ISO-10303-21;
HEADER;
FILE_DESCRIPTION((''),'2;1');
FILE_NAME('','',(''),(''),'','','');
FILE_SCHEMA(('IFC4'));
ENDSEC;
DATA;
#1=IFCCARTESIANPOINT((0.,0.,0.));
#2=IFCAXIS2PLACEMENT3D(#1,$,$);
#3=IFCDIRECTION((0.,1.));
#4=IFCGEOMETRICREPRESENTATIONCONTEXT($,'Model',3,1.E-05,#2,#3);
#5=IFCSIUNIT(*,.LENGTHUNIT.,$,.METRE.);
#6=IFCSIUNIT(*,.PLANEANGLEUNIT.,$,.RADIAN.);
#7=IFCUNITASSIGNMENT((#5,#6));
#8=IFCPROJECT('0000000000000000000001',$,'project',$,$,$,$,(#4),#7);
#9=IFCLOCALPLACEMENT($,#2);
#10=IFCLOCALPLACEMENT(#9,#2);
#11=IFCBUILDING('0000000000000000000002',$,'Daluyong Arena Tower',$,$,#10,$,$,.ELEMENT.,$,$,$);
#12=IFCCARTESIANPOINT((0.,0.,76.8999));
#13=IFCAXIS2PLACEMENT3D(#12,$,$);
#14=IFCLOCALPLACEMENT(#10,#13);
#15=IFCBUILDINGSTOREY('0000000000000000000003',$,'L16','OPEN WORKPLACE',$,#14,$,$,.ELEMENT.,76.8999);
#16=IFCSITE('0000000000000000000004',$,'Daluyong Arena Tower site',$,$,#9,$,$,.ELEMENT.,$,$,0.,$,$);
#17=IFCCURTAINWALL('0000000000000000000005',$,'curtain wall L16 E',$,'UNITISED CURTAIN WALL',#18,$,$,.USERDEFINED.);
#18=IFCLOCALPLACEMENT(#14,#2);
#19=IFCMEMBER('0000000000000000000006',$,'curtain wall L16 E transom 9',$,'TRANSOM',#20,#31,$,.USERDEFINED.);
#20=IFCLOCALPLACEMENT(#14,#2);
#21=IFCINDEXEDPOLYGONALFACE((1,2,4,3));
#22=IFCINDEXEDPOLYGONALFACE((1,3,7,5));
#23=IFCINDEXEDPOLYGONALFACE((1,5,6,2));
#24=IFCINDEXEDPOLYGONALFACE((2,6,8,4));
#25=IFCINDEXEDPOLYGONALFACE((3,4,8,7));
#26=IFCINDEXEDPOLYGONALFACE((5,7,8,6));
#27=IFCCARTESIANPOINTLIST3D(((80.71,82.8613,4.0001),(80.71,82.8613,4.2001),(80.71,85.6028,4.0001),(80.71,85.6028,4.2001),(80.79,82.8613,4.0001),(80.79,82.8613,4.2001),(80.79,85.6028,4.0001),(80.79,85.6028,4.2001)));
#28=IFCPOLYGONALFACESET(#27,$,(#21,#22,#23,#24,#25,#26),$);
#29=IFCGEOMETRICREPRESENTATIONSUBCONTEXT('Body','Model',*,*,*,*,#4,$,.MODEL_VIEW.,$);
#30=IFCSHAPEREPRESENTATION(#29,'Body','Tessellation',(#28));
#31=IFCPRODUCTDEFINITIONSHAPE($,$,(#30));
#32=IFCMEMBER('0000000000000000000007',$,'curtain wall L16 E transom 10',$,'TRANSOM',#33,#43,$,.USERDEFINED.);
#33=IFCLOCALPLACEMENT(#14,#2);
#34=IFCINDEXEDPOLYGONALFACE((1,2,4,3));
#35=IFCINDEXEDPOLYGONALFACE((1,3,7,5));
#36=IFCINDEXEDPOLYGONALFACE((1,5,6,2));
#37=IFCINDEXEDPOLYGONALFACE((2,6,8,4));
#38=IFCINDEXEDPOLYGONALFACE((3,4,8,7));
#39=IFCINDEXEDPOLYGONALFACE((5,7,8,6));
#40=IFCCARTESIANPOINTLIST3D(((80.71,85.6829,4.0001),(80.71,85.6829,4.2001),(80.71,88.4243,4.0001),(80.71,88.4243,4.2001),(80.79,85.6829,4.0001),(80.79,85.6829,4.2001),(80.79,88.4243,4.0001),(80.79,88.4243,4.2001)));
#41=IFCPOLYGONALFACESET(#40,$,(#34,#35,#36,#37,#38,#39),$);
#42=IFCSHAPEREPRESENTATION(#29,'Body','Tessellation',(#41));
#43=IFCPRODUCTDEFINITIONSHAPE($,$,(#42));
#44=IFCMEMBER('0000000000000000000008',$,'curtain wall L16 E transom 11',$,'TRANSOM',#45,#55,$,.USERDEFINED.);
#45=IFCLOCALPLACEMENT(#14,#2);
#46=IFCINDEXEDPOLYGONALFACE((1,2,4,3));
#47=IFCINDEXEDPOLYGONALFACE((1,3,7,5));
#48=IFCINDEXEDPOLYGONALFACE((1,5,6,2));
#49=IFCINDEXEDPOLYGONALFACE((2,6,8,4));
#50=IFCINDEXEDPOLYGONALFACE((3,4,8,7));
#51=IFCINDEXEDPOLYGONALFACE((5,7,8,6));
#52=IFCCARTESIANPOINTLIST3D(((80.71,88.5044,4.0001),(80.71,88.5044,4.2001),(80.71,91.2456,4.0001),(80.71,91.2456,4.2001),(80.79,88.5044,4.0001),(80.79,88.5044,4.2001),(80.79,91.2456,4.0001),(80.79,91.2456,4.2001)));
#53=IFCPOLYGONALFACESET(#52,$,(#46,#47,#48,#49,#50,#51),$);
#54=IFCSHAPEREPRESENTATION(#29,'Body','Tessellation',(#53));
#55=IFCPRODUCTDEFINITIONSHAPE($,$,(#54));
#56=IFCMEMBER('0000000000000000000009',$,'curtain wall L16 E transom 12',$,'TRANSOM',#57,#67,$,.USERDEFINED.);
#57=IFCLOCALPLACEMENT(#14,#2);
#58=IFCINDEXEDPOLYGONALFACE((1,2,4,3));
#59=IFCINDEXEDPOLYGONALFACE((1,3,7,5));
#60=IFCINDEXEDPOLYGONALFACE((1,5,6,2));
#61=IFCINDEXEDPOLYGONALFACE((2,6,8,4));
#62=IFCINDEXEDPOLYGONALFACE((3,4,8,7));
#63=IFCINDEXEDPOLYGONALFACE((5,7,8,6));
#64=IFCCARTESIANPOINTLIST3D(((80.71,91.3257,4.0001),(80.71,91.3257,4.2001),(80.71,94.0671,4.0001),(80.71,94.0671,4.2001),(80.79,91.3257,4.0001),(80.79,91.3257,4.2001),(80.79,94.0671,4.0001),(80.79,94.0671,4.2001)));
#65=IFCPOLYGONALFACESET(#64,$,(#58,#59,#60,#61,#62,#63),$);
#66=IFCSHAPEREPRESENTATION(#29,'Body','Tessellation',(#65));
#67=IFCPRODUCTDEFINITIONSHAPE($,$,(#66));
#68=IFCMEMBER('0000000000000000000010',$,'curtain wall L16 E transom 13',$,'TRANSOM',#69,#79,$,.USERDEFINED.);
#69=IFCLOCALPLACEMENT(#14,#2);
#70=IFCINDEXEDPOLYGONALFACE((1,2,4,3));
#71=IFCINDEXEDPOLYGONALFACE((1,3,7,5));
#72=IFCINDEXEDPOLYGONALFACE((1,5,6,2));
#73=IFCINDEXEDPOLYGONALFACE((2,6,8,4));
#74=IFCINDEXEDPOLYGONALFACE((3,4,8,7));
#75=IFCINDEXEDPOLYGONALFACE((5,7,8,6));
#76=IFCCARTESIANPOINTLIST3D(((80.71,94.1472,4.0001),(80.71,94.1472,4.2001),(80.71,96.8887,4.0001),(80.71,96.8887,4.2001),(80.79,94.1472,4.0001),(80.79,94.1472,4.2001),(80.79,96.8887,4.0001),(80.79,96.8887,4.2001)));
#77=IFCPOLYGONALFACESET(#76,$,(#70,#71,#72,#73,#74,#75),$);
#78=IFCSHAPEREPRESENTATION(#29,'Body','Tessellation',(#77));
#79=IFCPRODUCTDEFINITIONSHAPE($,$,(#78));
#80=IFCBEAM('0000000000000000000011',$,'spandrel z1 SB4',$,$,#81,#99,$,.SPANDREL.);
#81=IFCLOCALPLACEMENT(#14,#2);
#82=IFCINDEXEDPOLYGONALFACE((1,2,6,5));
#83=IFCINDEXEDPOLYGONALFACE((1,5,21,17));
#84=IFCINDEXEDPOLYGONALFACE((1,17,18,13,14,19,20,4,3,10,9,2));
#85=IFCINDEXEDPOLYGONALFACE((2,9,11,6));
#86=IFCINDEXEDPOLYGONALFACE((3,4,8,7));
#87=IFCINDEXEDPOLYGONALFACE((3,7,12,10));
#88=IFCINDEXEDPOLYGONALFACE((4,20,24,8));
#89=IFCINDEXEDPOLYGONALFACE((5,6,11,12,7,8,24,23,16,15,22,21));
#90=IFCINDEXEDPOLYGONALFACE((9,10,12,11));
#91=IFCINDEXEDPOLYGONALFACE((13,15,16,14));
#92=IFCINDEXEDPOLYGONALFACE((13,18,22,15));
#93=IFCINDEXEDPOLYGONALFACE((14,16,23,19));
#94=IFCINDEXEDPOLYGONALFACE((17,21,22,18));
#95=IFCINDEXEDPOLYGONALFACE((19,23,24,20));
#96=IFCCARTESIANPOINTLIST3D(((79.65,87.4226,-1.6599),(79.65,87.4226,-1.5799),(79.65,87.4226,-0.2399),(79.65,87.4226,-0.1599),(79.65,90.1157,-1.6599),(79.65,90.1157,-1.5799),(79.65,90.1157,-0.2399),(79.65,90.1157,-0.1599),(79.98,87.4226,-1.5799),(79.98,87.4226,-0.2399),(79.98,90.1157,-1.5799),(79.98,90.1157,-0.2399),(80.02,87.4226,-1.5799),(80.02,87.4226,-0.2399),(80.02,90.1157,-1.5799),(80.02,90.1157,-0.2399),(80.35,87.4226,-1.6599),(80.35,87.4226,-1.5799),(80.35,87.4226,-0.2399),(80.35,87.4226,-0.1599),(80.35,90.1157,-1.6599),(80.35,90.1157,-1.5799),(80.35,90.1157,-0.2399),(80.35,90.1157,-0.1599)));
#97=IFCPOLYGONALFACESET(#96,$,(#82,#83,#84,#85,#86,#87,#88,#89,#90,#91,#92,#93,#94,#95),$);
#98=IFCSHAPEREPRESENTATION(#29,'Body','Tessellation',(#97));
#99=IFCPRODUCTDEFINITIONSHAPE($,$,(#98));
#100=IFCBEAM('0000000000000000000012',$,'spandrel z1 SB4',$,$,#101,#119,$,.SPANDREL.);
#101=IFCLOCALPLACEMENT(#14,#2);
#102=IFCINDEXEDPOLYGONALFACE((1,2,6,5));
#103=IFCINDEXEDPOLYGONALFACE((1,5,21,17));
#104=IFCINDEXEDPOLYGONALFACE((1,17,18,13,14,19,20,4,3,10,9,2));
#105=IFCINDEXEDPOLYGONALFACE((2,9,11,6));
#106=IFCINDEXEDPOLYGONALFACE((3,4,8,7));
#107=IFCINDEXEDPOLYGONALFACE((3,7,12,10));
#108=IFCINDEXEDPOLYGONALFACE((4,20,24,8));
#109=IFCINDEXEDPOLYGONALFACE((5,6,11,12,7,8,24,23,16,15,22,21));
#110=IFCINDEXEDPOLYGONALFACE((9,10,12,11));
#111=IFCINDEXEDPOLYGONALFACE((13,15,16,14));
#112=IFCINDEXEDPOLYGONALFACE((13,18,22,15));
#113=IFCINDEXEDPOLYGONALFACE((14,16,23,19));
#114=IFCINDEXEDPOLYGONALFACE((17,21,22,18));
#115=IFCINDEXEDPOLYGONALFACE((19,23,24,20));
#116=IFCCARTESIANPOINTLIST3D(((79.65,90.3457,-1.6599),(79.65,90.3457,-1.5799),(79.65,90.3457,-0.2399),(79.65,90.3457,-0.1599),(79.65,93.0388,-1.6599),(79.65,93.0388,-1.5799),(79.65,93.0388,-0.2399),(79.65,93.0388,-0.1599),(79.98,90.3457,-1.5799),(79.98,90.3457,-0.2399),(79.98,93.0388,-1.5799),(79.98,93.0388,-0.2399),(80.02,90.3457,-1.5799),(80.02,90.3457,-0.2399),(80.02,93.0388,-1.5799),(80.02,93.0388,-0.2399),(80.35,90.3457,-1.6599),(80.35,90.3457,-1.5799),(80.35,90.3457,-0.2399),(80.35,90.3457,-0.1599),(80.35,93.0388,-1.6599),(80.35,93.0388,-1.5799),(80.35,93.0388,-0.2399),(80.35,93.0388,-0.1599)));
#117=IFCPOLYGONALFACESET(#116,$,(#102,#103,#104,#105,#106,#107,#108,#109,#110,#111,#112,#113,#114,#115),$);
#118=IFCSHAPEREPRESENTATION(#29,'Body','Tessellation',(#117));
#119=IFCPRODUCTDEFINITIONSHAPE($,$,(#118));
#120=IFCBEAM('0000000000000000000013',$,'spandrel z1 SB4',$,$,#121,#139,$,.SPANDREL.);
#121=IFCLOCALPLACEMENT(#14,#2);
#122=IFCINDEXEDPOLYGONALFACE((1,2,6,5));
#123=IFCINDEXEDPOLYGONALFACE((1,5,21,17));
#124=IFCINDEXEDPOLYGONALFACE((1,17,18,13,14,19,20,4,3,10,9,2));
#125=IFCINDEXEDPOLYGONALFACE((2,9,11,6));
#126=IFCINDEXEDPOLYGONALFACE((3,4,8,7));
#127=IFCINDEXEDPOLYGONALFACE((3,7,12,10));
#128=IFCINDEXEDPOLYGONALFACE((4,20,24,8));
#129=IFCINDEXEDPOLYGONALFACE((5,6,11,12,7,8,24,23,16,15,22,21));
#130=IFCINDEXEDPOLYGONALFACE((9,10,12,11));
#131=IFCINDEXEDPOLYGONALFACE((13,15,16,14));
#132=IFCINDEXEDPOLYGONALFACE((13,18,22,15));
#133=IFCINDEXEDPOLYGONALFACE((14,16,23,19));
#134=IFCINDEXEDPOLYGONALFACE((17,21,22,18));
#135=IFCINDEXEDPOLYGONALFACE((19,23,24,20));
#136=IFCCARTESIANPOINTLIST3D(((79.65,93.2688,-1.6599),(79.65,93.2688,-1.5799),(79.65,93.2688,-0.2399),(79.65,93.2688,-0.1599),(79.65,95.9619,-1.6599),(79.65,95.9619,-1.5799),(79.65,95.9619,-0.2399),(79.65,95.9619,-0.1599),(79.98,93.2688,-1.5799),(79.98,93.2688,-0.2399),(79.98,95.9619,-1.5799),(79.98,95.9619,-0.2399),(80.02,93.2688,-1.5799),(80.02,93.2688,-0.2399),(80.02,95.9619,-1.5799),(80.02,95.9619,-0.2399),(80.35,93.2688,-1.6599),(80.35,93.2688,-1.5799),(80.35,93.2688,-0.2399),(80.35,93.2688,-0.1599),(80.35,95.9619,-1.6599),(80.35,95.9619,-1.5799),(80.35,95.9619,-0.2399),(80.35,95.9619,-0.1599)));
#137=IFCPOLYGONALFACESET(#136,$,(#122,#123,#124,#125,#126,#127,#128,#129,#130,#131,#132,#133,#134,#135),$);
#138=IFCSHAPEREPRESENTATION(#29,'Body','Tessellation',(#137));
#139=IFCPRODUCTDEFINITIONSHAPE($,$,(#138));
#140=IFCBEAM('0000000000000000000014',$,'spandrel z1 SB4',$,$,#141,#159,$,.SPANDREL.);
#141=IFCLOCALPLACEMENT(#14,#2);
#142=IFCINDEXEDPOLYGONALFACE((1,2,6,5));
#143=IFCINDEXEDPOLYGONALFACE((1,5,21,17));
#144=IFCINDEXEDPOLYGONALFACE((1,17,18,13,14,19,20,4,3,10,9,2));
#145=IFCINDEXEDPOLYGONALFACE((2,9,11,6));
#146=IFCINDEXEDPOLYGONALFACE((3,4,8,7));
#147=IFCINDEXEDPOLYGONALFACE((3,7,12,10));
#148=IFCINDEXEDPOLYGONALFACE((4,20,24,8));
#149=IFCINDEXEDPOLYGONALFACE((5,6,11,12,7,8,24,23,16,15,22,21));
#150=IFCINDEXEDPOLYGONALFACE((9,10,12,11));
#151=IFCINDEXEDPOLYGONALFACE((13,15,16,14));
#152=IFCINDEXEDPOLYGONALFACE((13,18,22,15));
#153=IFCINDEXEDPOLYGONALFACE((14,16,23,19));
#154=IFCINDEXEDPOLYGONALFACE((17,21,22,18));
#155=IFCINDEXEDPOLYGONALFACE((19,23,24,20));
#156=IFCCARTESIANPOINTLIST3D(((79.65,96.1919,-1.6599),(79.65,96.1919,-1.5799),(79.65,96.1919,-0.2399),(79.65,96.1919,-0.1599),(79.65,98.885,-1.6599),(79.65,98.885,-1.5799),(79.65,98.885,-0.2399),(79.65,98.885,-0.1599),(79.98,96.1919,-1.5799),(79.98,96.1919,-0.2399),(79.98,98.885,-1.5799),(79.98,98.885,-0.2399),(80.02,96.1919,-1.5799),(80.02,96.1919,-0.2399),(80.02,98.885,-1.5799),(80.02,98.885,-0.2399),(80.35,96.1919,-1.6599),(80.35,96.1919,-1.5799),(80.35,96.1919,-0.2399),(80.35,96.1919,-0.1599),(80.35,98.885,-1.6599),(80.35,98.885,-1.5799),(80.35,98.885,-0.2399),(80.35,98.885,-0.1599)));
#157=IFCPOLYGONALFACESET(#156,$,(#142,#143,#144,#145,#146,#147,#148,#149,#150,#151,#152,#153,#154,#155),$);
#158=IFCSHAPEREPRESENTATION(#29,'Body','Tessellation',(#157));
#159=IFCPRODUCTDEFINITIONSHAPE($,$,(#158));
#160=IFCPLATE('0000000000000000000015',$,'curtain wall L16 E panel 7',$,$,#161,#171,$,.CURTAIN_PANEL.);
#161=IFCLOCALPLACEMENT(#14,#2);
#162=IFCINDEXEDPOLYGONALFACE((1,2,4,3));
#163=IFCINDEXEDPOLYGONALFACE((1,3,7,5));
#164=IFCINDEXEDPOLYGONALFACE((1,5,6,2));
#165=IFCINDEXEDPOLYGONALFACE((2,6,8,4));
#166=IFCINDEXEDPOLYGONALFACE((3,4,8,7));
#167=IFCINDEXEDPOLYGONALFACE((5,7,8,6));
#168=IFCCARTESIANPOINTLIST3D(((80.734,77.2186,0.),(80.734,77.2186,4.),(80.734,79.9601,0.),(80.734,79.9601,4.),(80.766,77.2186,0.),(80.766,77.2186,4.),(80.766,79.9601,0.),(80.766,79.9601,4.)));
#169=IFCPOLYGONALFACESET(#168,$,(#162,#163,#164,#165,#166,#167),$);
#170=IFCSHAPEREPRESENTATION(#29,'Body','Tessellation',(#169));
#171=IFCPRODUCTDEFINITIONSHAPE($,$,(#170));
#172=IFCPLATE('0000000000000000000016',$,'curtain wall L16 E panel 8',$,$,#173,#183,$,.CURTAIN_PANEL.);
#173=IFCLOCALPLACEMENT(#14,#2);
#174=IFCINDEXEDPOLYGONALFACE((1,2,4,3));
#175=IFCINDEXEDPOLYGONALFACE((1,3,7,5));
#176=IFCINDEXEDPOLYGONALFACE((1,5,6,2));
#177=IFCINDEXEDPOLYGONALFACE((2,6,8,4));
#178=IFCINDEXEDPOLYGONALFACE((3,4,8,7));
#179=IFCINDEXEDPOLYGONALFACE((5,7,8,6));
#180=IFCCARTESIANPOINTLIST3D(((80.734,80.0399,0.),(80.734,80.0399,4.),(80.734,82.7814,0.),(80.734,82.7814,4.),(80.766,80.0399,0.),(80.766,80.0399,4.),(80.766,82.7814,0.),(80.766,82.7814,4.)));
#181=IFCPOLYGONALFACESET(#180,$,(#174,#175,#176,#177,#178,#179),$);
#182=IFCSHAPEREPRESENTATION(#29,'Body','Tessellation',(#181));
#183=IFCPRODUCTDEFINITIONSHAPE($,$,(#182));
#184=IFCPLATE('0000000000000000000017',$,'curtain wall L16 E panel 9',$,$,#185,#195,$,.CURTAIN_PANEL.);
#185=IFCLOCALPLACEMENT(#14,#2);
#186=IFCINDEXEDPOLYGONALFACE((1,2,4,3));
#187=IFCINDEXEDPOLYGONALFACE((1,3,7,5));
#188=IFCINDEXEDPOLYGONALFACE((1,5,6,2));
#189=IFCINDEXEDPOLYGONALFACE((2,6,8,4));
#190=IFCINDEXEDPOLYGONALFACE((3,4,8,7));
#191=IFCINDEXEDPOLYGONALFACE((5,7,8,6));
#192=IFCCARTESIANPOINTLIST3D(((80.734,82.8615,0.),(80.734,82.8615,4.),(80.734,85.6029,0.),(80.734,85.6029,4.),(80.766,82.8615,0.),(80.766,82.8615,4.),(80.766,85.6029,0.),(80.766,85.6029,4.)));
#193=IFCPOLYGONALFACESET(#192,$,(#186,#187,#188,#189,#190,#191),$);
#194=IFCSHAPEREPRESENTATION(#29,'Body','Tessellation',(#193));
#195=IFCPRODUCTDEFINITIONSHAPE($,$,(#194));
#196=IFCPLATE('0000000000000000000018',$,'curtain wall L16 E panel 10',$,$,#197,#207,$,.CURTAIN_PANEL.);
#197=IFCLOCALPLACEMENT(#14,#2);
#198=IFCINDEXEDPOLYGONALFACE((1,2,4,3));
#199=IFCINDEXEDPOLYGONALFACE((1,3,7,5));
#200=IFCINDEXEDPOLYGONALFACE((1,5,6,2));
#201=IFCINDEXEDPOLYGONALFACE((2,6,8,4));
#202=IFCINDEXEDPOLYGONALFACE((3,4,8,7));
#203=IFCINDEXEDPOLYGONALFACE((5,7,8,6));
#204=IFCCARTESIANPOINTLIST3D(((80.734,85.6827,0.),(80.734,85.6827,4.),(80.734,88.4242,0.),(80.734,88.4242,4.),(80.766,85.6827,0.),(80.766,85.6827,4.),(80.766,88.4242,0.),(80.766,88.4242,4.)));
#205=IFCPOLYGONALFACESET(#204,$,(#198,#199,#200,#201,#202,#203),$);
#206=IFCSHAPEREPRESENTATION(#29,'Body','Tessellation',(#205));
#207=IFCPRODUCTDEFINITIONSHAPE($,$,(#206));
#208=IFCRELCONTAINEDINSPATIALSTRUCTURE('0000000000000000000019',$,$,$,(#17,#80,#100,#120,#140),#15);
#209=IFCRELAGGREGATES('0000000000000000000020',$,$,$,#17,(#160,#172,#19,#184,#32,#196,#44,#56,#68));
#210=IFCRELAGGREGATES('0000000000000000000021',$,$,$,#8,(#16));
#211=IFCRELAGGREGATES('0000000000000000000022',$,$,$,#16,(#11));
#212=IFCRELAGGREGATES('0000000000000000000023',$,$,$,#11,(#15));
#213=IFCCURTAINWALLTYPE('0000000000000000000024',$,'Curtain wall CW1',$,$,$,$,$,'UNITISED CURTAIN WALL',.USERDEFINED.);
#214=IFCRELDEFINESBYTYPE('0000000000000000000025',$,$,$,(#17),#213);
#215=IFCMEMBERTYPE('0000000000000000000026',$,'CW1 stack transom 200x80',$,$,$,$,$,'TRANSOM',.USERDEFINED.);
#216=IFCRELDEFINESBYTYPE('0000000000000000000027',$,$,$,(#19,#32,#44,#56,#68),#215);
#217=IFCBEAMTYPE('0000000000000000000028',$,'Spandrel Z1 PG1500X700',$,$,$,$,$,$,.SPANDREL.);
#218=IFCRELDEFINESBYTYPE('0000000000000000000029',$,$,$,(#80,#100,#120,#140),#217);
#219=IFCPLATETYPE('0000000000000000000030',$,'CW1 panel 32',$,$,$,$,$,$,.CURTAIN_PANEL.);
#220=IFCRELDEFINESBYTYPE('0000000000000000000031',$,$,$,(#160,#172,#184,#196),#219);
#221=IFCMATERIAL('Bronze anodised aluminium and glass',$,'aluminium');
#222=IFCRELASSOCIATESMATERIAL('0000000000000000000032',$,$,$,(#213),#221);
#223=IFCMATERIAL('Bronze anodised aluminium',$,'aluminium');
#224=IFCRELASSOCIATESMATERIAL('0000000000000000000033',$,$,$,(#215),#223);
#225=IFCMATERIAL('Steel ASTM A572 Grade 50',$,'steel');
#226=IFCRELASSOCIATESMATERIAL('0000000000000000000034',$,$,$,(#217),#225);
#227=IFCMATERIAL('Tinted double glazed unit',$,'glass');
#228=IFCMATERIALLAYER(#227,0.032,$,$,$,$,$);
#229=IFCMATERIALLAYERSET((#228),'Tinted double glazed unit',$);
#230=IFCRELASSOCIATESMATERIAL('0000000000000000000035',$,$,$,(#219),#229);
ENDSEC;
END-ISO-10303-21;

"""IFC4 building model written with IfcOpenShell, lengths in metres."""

from ifc_helpers import new_model, si_unit, direction, frame, origin, origin_2d, place, context, subcontext, project, spatial, rectangle, i_section, extrude, material, layer, layer_set, material_profile, profile_set, type_object, element, aggregate, save


model = new_model("IFC4")

# Units and contexts
model_context = context("Model", 3, precision=1e-05, world=origin(), true_north=direction((0.0, 1.0)))
body_context = subcontext(model_context, "Body", "Model", "MODEL_VIEW")
ifc_project = project(units=[si_unit("LENGTHUNIT", "METRE"), si_unit("PLANEANGLEUNIT", "RADIAN")], contexts=[model_context])

# Site, building, storey
site_placement = place(None, origin())
site = spatial("IfcSite", under=ifc_project, at=site_placement, Name="Daluyong Arena Tower site", CompositionType="ELEMENT", RefElevation=0.0)
building_placement = place(site_placement, origin())
building = spatial("IfcBuilding", under=site, at=building_placement, Name="Daluyong Arena Tower", CompositionType="ELEMENT")
storey_placement = place(building_placement, frame((0.0, 0.0, 76.8999)))
storey = spatial("IfcBuildingStorey", under=building, at=storey_placement, Name="L16", Description="OPEN WORKPLACE", CompositionType="ELEMENT", Elevation=76.8999)

# Curtain wall, members
ifc_material_1 = material(Name="Bronze anodised aluminium and glass", Category="aluminium")
curtain_wall_type = type_object("IfcCurtainWallType", Name="Curtain wall CW1", ElementType="UNITISED CURTAIN WALL", PredefinedType="USERDEFINED", material=ifc_material_1)
curtain_wall_placement = place(storey_placement, origin())
curtain_wall = element("IfcCurtainWall", 1, at=curtain_wall_placement, inside=storey, type_object=curtain_wall_type, Name="curtain wall L16 E", ObjectType="UNITISED CURTAIN WALL", PredefinedType="USERDEFINED")
ifc_material_2 = material(Name="Bronze anodised aluminium", Category="aluminium")
ifc_material_profile_1 = material_profile(ifc_material_2, rectangle(XDim=0.0801, YDim=0.2, at=origin_2d()))
ifc_profile_set_1 = profile_set([ifc_material_profile_1], Name="Bronze anodised aluminium")
member_type_1 = type_object("IfcMemberType", Name="CW1 stack transom 200x80", ElementType="TRANSOM", PredefinedType="USERDEFINED", material=ifc_profile_set_1)
member_1_placement = place(storey_placement, frame((80.75, 82.8613, 4.1001), z_axis=(0.0, 1.0, 0.0), x_axis=(-1.0, 0.0, 0.0)))
member_1 = element("IfcMember", 2, at=member_1_placement, type_object=member_type_1, Name="curtain wall L16 E transom 9", ObjectType="TRANSOM", PredefinedType="USERDEFINED", context=body_context, shape_type="SweptSolid", body=[
    extrude(rectangle(XDim=0.0801, YDim=0.2, at=origin_2d()), origin(), (0.0, 0.0, 1.0), 2.7415),
])
member_2_placement = place(storey_placement, frame((80.75, 85.6829, 4.1001), z_axis=(0.0, 1.0, 0.0), x_axis=(-1.0, 0.0, 0.0)))
member_2 = element("IfcMember", 3, at=member_2_placement, type_object=member_type_1, Name="curtain wall L16 E transom 10", ObjectType="TRANSOM", PredefinedType="USERDEFINED", context=body_context, shape_type="SweptSolid", body=[
    extrude(rectangle(XDim=0.0801, YDim=0.2, at=origin_2d()), origin(), (0.0, 0.0, 1.0), 2.7415),
])
member_3_placement = place(storey_placement, frame((80.75, 88.5044, 4.1001), z_axis=(0.0, 1.0, 0.0), x_axis=(-1.0, 0.0, 0.0)))
member_3 = element("IfcMember", 4, at=member_3_placement, type_object=member_type_1, Name="curtain wall L16 E transom 11", ObjectType="TRANSOM", PredefinedType="USERDEFINED", context=body_context, shape_type="SweptSolid", body=[
    extrude(rectangle(XDim=0.0801, YDim=0.2, at=origin_2d()), origin(), (0.0, 0.0, 1.0), 2.7412),
])
member_4_placement = place(storey_placement, frame((80.75, 91.3257, 4.1001), z_axis=(0.0, 1.0, 0.0), x_axis=(-1.0, 0.0, 0.0)))
member_4 = element("IfcMember", 5, at=member_4_placement, type_object=member_type_1, Name="curtain wall L16 E transom 12", ObjectType="TRANSOM", PredefinedType="USERDEFINED", context=body_context, shape_type="SweptSolid", body=[
    extrude(rectangle(XDim=0.0801, YDim=0.2, at=origin_2d()), origin(), (0.0, 0.0, 1.0), 2.7415),
])
member_5_placement = place(storey_placement, frame((80.75, 94.1472, 4.1001), z_axis=(0.0, 1.0, 0.0), x_axis=(-1.0, 0.0, 0.0)))
member_5 = element("IfcMember", 6, at=member_5_placement, type_object=member_type_1, Name="curtain wall L16 E transom 13", ObjectType="TRANSOM", PredefinedType="USERDEFINED", context=body_context, shape_type="SweptSolid", body=[
    extrude(rectangle(XDim=0.0801, YDim=0.2, at=origin_2d()), origin(), (0.0, 0.0, 1.0), 2.7415),
])

# Beams
ifc_material_3 = material(Name="Steel ASTM A572 Grade 50", Category="steel")
ifc_material_profile_2 = material_profile(ifc_material_3, i_section(OverallWidth=0.7, OverallDepth=1.5, WebThickness=0.04, FlangeThickness=0.08, at=origin_2d()))
ifc_profile_set_2 = profile_set([ifc_material_profile_2], Name="Steel ASTM A572 Grade 50")
beam_type = type_object("IfcBeamType", Name="Spandrel Z1 PG1500X700", PredefinedType="SPANDREL", material=ifc_profile_set_2)
for number, where, z_axis, x_axis, name in (
    (7, (80.0, 87.4226, -0.9099), (0.0, 1.0, 0.0), (-1.0, 0.0, 0.0), "spandrel z1 SB4"),
    (8, (80.0, 90.3457, -0.9099), (0.0, 1.0, 0.0), (-1.0, 0.0, 0.0), "spandrel z1 SB4"),
    (9, (80.0, 93.2688, -0.9099), (0.0, 1.0, 0.0), (-1.0, 0.0, 0.0), "spandrel z1 SB4"),
    (10, (80.0, 96.1919, -0.9099), (0.0, 1.0, 0.0), (-1.0, 0.0, 0.0), "spandrel z1 SB4"),
):
    element("IfcBeam", number, at=place(storey_placement, frame(where, z_axis=z_axis, x_axis=x_axis)), inside=storey, type_object=beam_type, Name=name, PredefinedType="SPANDREL", context=body_context, shape_type="SweptSolid", body=[
        extrude(i_section(OverallWidth=0.7, OverallDepth=1.5, WebThickness=0.04, FlangeThickness=0.08, at=origin_2d()), origin(), (0.0, 0.0, 1.0), 2.6931),
    ])

# Plates
ifc_material_4 = material(Name="Tinted double glazed unit", Category="glass")
ifc_layer = layer(ifc_material_4, 0.032)
ifc_layer_set = layer_set([ifc_layer], Name="Tinted double glazed unit")
plate_type = type_object("IfcPlateType", Name="CW1 panel 32", PredefinedType="CURTAIN_PANEL", material=ifc_layer_set)
plate_1_placement = place(storey_placement, frame((80.75, 78.5894, 0.0), z_axis=(0.0, 0.0, 1.0), x_axis=(0.0, 1.0, 0.0)))
plate_1 = element("IfcPlate", 11, at=plate_1_placement, type_object=plate_type, Name="curtain wall L16 E panel 7", PredefinedType="CURTAIN_PANEL", context=body_context, shape_type="SweptSolid", body=[
    extrude(rectangle(XDim=2.7415, YDim=0.032, at=origin_2d()), origin(), (0.0, 0.0, 1.0), 4.0),
])
plate_2_placement = place(storey_placement, frame((80.75, 81.4106, 0.0), z_axis=(0.0, 0.0, 1.0), x_axis=(0.0, 1.0, 0.0)))
plate_2 = element("IfcPlate", 12, at=plate_2_placement, type_object=plate_type, Name="curtain wall L16 E panel 8", PredefinedType="CURTAIN_PANEL", context=body_context, shape_type="SweptSolid", body=[
    extrude(rectangle(XDim=2.7415, YDim=0.032, at=origin_2d()), origin(), (0.0, 0.0, 1.0), 4.0),
])
plate_3_placement = place(storey_placement, frame((80.75, 84.2322, 0.0), z_axis=(0.0, 0.0, 1.0), x_axis=(0.0, 1.0, 0.0)))
plate_3 = element("IfcPlate", 13, at=plate_3_placement, type_object=plate_type, Name="curtain wall L16 E panel 9", PredefinedType="CURTAIN_PANEL", context=body_context, shape_type="SweptSolid", body=[
    extrude(rectangle(XDim=2.7415, YDim=0.032, at=origin_2d()), origin(), (0.0, 0.0, 1.0), 4.0),
])
plate_4_placement = place(storey_placement, frame((80.75, 87.0535, 0.0), z_axis=(0.0, 0.0, 1.0), x_axis=(0.0, 1.0, 0.0)))
plate_4 = element("IfcPlate", 14, at=plate_4_placement, type_object=plate_type, Name="curtain wall L16 E panel 10", PredefinedType="CURTAIN_PANEL", context=body_context, shape_type="SweptSolid", body=[
    extrude(rectangle(XDim=2.7415, YDim=0.032, at=origin_2d()), origin(), (0.0, 0.0, 1.0), 4.0),
])
aggregate(curtain_wall, [plate_1, plate_2, member_1, plate_3, member_2, plate_4, member_3, member_4, member_5])

save(model, "model.ifc")
